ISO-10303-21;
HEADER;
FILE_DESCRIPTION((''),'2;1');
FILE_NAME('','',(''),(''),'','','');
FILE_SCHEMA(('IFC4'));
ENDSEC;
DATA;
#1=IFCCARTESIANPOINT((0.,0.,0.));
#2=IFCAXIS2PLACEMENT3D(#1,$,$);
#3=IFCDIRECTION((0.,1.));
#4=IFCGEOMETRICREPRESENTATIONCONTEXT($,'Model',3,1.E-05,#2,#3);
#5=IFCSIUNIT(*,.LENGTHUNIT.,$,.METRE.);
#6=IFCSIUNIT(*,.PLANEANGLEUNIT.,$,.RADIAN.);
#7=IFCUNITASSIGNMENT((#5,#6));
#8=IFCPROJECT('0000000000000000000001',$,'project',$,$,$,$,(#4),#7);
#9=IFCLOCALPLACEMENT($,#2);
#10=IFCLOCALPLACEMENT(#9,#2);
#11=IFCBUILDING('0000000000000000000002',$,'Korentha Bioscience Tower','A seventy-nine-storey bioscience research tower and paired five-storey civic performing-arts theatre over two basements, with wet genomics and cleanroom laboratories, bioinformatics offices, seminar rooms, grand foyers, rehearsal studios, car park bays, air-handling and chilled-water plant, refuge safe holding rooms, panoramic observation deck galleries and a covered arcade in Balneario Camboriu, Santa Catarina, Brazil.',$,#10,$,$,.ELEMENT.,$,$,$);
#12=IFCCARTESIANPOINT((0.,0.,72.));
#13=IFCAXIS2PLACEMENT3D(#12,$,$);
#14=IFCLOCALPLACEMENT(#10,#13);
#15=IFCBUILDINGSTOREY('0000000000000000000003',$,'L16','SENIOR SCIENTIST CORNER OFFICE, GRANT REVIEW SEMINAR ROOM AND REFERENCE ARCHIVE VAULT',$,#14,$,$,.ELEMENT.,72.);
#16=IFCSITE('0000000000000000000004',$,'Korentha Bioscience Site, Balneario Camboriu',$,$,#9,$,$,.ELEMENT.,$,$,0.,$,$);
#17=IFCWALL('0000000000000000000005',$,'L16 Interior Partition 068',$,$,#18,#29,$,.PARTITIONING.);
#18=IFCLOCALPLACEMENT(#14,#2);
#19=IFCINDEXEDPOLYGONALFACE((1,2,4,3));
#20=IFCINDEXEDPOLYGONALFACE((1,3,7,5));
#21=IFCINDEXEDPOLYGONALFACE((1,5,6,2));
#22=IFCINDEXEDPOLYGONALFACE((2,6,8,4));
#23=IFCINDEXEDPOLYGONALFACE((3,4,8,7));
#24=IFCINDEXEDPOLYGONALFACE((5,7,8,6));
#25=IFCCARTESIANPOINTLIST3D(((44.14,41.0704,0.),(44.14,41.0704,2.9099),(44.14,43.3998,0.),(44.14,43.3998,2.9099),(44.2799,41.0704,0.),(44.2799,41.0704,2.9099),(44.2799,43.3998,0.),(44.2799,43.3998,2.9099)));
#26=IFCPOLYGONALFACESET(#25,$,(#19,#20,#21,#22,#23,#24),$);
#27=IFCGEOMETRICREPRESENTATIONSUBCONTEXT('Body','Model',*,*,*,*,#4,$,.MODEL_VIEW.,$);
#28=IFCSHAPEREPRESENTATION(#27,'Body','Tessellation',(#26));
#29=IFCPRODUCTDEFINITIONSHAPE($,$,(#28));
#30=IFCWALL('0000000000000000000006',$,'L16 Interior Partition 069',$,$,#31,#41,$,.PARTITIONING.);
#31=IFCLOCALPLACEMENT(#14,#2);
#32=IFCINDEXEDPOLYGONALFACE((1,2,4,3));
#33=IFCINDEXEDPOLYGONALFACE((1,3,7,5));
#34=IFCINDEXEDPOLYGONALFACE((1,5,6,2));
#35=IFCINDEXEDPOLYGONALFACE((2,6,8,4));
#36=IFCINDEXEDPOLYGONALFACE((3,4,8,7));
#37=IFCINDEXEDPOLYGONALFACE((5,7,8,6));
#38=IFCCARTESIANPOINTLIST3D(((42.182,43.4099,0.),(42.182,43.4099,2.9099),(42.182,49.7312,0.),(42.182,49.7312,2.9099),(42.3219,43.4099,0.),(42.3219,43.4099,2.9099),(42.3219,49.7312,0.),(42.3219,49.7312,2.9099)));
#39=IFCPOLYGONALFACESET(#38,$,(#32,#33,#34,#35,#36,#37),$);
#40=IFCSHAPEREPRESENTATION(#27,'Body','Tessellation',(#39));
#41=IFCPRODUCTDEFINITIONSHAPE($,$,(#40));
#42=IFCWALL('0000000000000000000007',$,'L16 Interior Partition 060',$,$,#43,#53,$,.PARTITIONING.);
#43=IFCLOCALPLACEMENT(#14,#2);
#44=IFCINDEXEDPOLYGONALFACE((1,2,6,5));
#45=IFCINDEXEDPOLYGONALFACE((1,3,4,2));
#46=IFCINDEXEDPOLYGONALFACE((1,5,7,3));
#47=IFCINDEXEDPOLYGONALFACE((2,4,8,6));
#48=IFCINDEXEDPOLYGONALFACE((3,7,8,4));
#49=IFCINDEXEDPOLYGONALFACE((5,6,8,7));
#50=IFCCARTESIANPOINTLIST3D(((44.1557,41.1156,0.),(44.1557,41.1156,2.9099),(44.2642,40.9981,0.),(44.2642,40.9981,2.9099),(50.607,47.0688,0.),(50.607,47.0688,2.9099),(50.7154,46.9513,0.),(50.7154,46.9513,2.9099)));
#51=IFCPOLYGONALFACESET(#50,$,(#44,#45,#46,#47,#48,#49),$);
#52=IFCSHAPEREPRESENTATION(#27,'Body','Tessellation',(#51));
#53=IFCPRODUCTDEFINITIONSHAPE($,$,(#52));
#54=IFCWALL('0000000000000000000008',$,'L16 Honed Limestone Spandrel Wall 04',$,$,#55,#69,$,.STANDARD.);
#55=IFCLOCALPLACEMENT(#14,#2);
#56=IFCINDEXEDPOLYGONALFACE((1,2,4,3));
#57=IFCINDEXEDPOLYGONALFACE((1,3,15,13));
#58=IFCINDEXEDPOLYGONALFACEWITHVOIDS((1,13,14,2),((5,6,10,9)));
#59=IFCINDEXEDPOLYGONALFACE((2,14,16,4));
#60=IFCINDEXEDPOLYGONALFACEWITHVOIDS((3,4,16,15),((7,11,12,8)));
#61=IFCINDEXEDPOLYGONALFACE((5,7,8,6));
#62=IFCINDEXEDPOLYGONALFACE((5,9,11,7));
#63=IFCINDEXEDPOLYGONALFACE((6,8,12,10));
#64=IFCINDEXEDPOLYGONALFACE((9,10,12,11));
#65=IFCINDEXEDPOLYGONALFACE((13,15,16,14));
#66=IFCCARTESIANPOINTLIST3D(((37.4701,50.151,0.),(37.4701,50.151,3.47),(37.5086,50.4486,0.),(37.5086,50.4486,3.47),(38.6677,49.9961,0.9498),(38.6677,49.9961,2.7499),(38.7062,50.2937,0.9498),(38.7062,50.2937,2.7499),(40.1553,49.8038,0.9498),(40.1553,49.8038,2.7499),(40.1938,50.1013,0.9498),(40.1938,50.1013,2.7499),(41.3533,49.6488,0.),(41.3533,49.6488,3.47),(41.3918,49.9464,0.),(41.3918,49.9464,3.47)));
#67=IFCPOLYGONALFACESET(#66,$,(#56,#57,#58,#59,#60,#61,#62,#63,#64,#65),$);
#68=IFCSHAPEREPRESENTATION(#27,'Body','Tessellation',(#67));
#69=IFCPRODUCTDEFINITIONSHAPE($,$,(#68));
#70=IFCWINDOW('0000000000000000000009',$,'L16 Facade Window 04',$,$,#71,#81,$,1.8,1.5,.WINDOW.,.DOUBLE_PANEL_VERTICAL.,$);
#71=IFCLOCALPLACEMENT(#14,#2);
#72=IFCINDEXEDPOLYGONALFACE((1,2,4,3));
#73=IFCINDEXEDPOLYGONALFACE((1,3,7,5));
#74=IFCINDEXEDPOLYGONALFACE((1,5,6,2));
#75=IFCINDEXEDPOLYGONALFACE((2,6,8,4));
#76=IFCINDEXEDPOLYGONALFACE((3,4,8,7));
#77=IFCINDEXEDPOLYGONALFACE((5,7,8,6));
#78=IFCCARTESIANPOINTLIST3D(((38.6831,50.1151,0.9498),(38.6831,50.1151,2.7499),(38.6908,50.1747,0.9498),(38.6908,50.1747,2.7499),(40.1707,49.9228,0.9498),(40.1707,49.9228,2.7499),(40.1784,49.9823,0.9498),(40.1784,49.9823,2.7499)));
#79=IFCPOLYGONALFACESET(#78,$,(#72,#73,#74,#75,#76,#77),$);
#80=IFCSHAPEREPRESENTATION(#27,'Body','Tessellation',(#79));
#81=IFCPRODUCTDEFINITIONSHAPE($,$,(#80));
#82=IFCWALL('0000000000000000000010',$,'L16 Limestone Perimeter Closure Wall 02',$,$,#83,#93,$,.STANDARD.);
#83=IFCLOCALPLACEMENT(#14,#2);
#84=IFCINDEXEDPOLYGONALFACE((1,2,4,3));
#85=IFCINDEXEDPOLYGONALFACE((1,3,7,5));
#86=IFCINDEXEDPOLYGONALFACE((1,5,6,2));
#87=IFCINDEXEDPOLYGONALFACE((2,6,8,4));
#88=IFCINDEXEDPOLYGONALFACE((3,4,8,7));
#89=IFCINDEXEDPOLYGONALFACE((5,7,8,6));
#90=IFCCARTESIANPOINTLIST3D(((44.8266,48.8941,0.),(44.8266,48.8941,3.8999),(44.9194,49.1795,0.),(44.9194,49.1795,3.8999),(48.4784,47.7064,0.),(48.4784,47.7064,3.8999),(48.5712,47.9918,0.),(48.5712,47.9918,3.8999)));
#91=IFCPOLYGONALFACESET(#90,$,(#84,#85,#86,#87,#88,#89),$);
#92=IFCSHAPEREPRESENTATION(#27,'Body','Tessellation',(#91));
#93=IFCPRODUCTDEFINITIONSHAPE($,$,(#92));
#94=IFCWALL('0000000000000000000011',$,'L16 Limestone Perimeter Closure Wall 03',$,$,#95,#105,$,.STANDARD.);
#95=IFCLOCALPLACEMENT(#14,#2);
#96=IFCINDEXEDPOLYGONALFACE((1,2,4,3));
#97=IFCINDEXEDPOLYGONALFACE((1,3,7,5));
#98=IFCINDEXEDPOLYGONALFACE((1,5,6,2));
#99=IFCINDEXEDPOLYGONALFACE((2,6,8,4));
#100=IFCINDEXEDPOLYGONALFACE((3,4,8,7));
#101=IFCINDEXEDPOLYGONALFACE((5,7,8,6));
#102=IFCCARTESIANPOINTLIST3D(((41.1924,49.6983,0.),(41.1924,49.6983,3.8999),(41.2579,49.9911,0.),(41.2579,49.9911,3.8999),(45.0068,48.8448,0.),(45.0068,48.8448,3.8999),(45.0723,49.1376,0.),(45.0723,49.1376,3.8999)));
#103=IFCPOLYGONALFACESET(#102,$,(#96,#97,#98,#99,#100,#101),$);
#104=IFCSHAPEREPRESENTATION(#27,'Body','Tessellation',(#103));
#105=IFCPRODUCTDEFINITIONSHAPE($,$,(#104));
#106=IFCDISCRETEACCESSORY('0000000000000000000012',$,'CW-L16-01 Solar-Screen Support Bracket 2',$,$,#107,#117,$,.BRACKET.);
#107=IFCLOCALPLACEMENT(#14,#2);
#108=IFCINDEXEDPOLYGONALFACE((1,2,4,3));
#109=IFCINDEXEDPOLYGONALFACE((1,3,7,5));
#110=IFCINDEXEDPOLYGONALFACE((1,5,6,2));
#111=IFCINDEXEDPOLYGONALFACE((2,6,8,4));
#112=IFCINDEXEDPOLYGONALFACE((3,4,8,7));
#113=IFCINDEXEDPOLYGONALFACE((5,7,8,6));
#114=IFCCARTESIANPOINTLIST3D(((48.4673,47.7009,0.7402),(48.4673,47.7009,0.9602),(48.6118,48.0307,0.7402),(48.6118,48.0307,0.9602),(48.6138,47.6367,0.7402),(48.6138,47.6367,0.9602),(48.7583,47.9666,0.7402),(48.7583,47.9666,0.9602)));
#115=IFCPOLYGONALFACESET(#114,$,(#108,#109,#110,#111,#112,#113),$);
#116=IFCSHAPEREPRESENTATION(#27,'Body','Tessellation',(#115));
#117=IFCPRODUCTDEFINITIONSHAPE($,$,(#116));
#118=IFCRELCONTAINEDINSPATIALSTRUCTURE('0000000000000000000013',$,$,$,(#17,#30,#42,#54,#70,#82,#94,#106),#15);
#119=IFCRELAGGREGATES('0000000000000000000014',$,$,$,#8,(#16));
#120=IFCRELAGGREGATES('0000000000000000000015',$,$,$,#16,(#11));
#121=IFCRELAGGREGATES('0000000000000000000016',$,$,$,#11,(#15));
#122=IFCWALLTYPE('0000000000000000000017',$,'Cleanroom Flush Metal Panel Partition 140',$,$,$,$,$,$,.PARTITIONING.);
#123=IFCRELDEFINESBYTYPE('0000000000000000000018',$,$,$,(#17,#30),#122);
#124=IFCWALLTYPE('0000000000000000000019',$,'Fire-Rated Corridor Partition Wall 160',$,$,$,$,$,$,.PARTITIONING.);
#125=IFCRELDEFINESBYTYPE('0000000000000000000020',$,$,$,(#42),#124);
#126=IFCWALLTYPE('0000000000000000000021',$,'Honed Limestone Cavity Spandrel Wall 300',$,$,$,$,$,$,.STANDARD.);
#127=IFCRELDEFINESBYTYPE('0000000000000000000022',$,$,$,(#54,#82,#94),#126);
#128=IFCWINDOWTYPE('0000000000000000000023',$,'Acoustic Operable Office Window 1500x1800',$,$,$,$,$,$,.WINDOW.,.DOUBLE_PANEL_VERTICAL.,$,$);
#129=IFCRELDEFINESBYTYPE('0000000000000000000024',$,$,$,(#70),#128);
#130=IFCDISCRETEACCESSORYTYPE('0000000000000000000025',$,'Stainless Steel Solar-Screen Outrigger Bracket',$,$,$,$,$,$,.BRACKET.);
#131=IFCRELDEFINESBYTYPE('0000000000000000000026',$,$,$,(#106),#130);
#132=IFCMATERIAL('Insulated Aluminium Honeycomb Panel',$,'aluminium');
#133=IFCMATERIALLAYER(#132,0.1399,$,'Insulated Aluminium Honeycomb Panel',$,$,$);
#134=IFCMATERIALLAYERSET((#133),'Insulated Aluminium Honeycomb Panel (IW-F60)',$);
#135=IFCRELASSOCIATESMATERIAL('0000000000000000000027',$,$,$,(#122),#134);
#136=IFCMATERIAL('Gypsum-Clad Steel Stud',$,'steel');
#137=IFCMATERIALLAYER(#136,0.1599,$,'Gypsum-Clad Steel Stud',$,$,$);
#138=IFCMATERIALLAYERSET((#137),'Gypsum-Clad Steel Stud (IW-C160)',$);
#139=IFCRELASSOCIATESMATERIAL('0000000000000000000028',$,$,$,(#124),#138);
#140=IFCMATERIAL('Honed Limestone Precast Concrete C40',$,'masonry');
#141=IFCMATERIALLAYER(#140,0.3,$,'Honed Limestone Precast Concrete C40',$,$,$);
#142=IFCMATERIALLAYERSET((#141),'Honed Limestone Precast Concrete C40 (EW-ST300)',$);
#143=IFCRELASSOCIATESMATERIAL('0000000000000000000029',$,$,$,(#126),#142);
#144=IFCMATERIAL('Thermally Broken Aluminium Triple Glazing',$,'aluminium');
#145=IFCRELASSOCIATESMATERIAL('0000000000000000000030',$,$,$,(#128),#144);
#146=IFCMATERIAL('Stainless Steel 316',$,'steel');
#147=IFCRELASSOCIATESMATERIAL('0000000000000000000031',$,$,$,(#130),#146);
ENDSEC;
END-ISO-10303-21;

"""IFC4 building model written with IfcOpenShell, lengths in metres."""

from ifc_helpers import new_model, si_unit, direction, frame, frame_2d, origin, origin_2d, place, context, subcontext, project, spatial, rectangle, extrude, material, layer, layer_set, type_object, element, fill, save


model = new_model("IFC4")

# Units and contexts
model_context = context("Model", 3, precision=1e-05, world=origin(), true_north=direction((0.0, 1.0)))
body_context = subcontext(model_context, "Body", "Model", "MODEL_VIEW")
ifc_project = project(units=[si_unit("LENGTHUNIT", "METRE"), si_unit("PLANEANGLEUNIT", "RADIAN")], contexts=[model_context])

# Site, building, storey
site_placement = place(None, origin())
site = spatial("IfcSite", under=ifc_project, at=site_placement, Name="Korentha Bioscience Site, Balneario Camboriu", CompositionType="ELEMENT", RefElevation=0.0)
building_placement = place(site_placement, origin())
building = spatial("IfcBuilding", under=site, at=building_placement, Name="Korentha Bioscience Tower", Description="A seventy-nine-storey bioscience research tower and paired five-storey civic performing-arts theatre over two basements, with wet genomics and cleanroom laboratories, bioinformatics offices, seminar rooms, grand foyers, rehearsal studios, car park bays, air-handling and chilled-water plant, refuge safe holding rooms, panoramic observation deck galleries and a covered arcade in Balneario Camboriu, Santa Catarina, Brazil.", CompositionType="ELEMENT")
storey_placement = place(building_placement, frame((0.0, 0.0, 72.0)))
storey = spatial("IfcBuildingStorey", under=building, at=storey_placement, Name="L16", Description="SENIOR SCIENTIST CORNER OFFICE, GRANT REVIEW SEMINAR ROOM AND REFERENCE ARCHIVE VAULT", CompositionType="ELEMENT", Elevation=72.0)

# Shared definitions
ifc_material_1 = material(Name="Insulated Aluminium Honeycomb Panel", Category="aluminium")
ifc_layer_1 = layer(ifc_material_1, 0.1399, Name="Insulated Aluminium Honeycomb Panel")
ifc_layer_set_1 = layer_set([ifc_layer_1], Name="Insulated Aluminium Honeycomb Panel (IW-F60)")
wall_type_1 = type_object("IfcWallType", Name="Cleanroom Flush Metal Panel Partition 140", PredefinedType="PARTITIONING", material=ifc_layer_set_1)

# Walls
wall_1_placement = place(storey_placement, frame((44.21, 41.0706, 0.0), z_axis=(0.0, 0.0, 1.0), x_axis=(0.0, 1.0, 0.0)))
element("IfcWall", 1, at=wall_1_placement, inside=storey, type_object=wall_type_1, Name="L16 Interior Partition 068", PredefinedType="PARTITIONING", context=body_context, shape_type="SweptSolid", body=[
    extrude(rectangle(XDim=2.3293, YDim=0.1399, at=frame_2d((1.1646, 0.0))), origin(), (0.0, 0.0, 1.0), 2.9099),
])
wall_2_placement = place(storey_placement, frame((42.252, 43.4099, 0.0), z_axis=(0.0, 0.0, 1.0), x_axis=(0.0, 1.0, 0.0)))
element("IfcWall", 2, at=wall_2_placement, inside=storey, type_object=wall_type_1, Name="L16 Interior Partition 069", PredefinedType="PARTITIONING", context=body_context, shape_type="SweptSolid", body=[
    extrude(rectangle(XDim=6.3213, YDim=0.1399, at=frame_2d((3.1606, 0.0))), origin(), (0.0, 0.0, 1.0), 2.9099),
])
ifc_material_2 = material(Name="Gypsum-Clad Steel Stud", Category="steel")
ifc_layer_2 = layer(ifc_material_2, 0.1599, Name="Gypsum-Clad Steel Stud")
ifc_layer_set_2 = layer_set([ifc_layer_2], Name="Gypsum-Clad Steel Stud (IW-C160)")
wall_type_2 = type_object("IfcWallType", Name="Fire-Rated Corridor Partition Wall 160", PredefinedType="PARTITIONING", material=ifc_layer_set_2)
wall_3_placement = place(storey_placement, frame((44.21, 41.0569, 0.0), z_axis=(0.0, 0.0, 1.0), x_axis=(0.734906, 0.678169, 0.0)))
element("IfcWall", 3, at=wall_3_placement, inside=storey, type_object=wall_type_2, Name="L16 Interior Partition 060", PredefinedType="PARTITIONING", context=body_context, shape_type="SweptSolid", body=[
    extrude(rectangle(XDim=8.7783, YDim=0.1599, at=frame_2d((4.3892, 0.0))), origin(), (0.0, 0.0, 1.0), 2.9099),
])

# Wall, opening, window
ifc_material_3 = material(Name="Honed Limestone Precast Concrete C40", Category="masonry")
ifc_layer_3 = layer(ifc_material_3, 0.3, Name="Honed Limestone Precast Concrete C40")
ifc_layer_set_3 = layer_set([ifc_layer_3], Name="Honed Limestone Precast Concrete C40 (EW-ST300)")
wall_type_3 = type_object("IfcWallType", Name="Honed Limestone Cavity Spandrel Wall 300", PredefinedType="STANDARD", material=ifc_layer_set_3)
wall_4_placement = place(storey_placement, frame((41.3726, 49.7976, 0.0), z_axis=(0.0, 0.0, 1.0), x_axis=(-0.991741, 0.128254, 0.0)))
wall_4 = element("IfcWall", 4, at=wall_4_placement, inside=storey, type_object=wall_type_3, Name="L16 Honed Limestone Spandrel Wall 04", PredefinedType="STANDARD", context=body_context, shape_type="SweptSolid", body=[
    extrude(rectangle(XDim=3.9155, YDim=0.3, at=frame_2d((1.9578, 0.0))), origin(), (0.0, 0.0, 1.0), 3.47),
])
opening_1_placement = place(wall_4_placement, frame((1.208, 0.0, 0.95)))
opening_1 = element("IfcOpeningElement", 5, at=opening_1_placement, cuts=wall_4, PredefinedType="OPENING", context=body_context, shape_type="SweptSolid", body=[
    extrude(rectangle(XDim=1.5, YDim=1.8, at=frame_2d((0.75, 0.8999))), frame((0.0, 0.165, 0.0), z_axis=(0.0, -1.0, 0.0), x_axis=(1.0, 0.0, 0.0)), (0.0, 0.0, 1.0), 0.3298),
])
ifc_material_4 = material(Name="Thermally Broken Aluminium Triple Glazing", Category="aluminium")
window_type = type_object("IfcWindowType", Name="Acoustic Operable Office Window 1500x1800", PartitioningType="DOUBLE_PANEL_VERTICAL", PredefinedType="WINDOW", material=ifc_material_4)
window_placement = place(opening_1_placement, origin())
window = element("IfcWindow", 6, at=window_placement, inside=storey, type_object=window_type, Name="L16 Facade Window 04", OverallHeight=1.8, OverallWidth=1.5, PartitioningType="DOUBLE_PANEL_VERTICAL", PredefinedType="WINDOW", context=body_context, shape_type="SweptSolid", body=[
    extrude(rectangle(XDim=1.5, YDim=1.8, at=frame_2d((0.75, 0.8999))), frame((0.0, 0.03, 0.0), z_axis=(0.0, -1.0, 0.0), x_axis=(1.0, 0.0, 0.0)), (0.0, 0.0, 1.0), 0.0601),
])
fill(opening_1, window)

# Walls
wall_5_placement = place(storey_placement, frame((48.5247, 47.8491, 0.0), z_axis=(0.0, 0.0, 1.0), x_axis=(-0.950966, 0.309296, 0.0)))
element("IfcWall", 7, at=wall_5_placement, inside=storey, type_object=wall_type_3, Name="L16 Limestone Perimeter Closure Wall 02", PredefinedType="STANDARD", context=body_context, shape_type="SweptSolid", body=[
    extrude(rectangle(XDim=3.8401, YDim=0.3, at=frame_2d((1.9199, 0.0))), origin(), (0.0, 0.0, 1.0), 3.8999),
])
wall_6_placement = place(storey_placement, frame((45.0396, 48.9912, 0.0), z_axis=(0.0, 0.0, 1.0), x_axis=(-0.975869, 0.218359, 0.0)))
element("IfcWall", 8, at=wall_6_placement, inside=storey, type_object=wall_type_3, Name="L16 Limestone Perimeter Closure Wall 03", PredefinedType="STANDARD", context=body_context, shape_type="SweptSolid", body=[
    extrude(rectangle(XDim=3.9087, YDim=0.3, at=frame_2d((1.9543, 0.0))), origin(), (0.0, 0.0, 1.0), 3.8999),
])

# Discrete accessory
ifc_material_5 = material(Name="Stainless Steel 316", Category="steel")
discrete_accessory_type = type_object("IfcDiscreteAccessoryType", Name="Stainless Steel Solar-Screen Outrigger Bracket", PredefinedType="BRACKET", material=ifc_material_5)
discrete_accessory_placement = place(storey_placement, frame((48.6128, 47.8337, 0.7402), z_axis=(0.0, 0.0, 1.0), x_axis=(-0.915939, 0.401317, 0.0)))
element("IfcDiscreteAccessory", 9, at=discrete_accessory_placement, inside=storey, type_object=discrete_accessory_type, Name="CW-L16-01 Solar-Screen Support Bracket 2", PredefinedType="BRACKET", context=body_context, shape_type="SweptSolid", body=[
    extrude(rectangle(XDim=0.1599, YDim=0.3601, at=origin_2d()), origin(), (0.0, 0.0, 1.0), 0.22),
])

save(model, "model.ifc")
